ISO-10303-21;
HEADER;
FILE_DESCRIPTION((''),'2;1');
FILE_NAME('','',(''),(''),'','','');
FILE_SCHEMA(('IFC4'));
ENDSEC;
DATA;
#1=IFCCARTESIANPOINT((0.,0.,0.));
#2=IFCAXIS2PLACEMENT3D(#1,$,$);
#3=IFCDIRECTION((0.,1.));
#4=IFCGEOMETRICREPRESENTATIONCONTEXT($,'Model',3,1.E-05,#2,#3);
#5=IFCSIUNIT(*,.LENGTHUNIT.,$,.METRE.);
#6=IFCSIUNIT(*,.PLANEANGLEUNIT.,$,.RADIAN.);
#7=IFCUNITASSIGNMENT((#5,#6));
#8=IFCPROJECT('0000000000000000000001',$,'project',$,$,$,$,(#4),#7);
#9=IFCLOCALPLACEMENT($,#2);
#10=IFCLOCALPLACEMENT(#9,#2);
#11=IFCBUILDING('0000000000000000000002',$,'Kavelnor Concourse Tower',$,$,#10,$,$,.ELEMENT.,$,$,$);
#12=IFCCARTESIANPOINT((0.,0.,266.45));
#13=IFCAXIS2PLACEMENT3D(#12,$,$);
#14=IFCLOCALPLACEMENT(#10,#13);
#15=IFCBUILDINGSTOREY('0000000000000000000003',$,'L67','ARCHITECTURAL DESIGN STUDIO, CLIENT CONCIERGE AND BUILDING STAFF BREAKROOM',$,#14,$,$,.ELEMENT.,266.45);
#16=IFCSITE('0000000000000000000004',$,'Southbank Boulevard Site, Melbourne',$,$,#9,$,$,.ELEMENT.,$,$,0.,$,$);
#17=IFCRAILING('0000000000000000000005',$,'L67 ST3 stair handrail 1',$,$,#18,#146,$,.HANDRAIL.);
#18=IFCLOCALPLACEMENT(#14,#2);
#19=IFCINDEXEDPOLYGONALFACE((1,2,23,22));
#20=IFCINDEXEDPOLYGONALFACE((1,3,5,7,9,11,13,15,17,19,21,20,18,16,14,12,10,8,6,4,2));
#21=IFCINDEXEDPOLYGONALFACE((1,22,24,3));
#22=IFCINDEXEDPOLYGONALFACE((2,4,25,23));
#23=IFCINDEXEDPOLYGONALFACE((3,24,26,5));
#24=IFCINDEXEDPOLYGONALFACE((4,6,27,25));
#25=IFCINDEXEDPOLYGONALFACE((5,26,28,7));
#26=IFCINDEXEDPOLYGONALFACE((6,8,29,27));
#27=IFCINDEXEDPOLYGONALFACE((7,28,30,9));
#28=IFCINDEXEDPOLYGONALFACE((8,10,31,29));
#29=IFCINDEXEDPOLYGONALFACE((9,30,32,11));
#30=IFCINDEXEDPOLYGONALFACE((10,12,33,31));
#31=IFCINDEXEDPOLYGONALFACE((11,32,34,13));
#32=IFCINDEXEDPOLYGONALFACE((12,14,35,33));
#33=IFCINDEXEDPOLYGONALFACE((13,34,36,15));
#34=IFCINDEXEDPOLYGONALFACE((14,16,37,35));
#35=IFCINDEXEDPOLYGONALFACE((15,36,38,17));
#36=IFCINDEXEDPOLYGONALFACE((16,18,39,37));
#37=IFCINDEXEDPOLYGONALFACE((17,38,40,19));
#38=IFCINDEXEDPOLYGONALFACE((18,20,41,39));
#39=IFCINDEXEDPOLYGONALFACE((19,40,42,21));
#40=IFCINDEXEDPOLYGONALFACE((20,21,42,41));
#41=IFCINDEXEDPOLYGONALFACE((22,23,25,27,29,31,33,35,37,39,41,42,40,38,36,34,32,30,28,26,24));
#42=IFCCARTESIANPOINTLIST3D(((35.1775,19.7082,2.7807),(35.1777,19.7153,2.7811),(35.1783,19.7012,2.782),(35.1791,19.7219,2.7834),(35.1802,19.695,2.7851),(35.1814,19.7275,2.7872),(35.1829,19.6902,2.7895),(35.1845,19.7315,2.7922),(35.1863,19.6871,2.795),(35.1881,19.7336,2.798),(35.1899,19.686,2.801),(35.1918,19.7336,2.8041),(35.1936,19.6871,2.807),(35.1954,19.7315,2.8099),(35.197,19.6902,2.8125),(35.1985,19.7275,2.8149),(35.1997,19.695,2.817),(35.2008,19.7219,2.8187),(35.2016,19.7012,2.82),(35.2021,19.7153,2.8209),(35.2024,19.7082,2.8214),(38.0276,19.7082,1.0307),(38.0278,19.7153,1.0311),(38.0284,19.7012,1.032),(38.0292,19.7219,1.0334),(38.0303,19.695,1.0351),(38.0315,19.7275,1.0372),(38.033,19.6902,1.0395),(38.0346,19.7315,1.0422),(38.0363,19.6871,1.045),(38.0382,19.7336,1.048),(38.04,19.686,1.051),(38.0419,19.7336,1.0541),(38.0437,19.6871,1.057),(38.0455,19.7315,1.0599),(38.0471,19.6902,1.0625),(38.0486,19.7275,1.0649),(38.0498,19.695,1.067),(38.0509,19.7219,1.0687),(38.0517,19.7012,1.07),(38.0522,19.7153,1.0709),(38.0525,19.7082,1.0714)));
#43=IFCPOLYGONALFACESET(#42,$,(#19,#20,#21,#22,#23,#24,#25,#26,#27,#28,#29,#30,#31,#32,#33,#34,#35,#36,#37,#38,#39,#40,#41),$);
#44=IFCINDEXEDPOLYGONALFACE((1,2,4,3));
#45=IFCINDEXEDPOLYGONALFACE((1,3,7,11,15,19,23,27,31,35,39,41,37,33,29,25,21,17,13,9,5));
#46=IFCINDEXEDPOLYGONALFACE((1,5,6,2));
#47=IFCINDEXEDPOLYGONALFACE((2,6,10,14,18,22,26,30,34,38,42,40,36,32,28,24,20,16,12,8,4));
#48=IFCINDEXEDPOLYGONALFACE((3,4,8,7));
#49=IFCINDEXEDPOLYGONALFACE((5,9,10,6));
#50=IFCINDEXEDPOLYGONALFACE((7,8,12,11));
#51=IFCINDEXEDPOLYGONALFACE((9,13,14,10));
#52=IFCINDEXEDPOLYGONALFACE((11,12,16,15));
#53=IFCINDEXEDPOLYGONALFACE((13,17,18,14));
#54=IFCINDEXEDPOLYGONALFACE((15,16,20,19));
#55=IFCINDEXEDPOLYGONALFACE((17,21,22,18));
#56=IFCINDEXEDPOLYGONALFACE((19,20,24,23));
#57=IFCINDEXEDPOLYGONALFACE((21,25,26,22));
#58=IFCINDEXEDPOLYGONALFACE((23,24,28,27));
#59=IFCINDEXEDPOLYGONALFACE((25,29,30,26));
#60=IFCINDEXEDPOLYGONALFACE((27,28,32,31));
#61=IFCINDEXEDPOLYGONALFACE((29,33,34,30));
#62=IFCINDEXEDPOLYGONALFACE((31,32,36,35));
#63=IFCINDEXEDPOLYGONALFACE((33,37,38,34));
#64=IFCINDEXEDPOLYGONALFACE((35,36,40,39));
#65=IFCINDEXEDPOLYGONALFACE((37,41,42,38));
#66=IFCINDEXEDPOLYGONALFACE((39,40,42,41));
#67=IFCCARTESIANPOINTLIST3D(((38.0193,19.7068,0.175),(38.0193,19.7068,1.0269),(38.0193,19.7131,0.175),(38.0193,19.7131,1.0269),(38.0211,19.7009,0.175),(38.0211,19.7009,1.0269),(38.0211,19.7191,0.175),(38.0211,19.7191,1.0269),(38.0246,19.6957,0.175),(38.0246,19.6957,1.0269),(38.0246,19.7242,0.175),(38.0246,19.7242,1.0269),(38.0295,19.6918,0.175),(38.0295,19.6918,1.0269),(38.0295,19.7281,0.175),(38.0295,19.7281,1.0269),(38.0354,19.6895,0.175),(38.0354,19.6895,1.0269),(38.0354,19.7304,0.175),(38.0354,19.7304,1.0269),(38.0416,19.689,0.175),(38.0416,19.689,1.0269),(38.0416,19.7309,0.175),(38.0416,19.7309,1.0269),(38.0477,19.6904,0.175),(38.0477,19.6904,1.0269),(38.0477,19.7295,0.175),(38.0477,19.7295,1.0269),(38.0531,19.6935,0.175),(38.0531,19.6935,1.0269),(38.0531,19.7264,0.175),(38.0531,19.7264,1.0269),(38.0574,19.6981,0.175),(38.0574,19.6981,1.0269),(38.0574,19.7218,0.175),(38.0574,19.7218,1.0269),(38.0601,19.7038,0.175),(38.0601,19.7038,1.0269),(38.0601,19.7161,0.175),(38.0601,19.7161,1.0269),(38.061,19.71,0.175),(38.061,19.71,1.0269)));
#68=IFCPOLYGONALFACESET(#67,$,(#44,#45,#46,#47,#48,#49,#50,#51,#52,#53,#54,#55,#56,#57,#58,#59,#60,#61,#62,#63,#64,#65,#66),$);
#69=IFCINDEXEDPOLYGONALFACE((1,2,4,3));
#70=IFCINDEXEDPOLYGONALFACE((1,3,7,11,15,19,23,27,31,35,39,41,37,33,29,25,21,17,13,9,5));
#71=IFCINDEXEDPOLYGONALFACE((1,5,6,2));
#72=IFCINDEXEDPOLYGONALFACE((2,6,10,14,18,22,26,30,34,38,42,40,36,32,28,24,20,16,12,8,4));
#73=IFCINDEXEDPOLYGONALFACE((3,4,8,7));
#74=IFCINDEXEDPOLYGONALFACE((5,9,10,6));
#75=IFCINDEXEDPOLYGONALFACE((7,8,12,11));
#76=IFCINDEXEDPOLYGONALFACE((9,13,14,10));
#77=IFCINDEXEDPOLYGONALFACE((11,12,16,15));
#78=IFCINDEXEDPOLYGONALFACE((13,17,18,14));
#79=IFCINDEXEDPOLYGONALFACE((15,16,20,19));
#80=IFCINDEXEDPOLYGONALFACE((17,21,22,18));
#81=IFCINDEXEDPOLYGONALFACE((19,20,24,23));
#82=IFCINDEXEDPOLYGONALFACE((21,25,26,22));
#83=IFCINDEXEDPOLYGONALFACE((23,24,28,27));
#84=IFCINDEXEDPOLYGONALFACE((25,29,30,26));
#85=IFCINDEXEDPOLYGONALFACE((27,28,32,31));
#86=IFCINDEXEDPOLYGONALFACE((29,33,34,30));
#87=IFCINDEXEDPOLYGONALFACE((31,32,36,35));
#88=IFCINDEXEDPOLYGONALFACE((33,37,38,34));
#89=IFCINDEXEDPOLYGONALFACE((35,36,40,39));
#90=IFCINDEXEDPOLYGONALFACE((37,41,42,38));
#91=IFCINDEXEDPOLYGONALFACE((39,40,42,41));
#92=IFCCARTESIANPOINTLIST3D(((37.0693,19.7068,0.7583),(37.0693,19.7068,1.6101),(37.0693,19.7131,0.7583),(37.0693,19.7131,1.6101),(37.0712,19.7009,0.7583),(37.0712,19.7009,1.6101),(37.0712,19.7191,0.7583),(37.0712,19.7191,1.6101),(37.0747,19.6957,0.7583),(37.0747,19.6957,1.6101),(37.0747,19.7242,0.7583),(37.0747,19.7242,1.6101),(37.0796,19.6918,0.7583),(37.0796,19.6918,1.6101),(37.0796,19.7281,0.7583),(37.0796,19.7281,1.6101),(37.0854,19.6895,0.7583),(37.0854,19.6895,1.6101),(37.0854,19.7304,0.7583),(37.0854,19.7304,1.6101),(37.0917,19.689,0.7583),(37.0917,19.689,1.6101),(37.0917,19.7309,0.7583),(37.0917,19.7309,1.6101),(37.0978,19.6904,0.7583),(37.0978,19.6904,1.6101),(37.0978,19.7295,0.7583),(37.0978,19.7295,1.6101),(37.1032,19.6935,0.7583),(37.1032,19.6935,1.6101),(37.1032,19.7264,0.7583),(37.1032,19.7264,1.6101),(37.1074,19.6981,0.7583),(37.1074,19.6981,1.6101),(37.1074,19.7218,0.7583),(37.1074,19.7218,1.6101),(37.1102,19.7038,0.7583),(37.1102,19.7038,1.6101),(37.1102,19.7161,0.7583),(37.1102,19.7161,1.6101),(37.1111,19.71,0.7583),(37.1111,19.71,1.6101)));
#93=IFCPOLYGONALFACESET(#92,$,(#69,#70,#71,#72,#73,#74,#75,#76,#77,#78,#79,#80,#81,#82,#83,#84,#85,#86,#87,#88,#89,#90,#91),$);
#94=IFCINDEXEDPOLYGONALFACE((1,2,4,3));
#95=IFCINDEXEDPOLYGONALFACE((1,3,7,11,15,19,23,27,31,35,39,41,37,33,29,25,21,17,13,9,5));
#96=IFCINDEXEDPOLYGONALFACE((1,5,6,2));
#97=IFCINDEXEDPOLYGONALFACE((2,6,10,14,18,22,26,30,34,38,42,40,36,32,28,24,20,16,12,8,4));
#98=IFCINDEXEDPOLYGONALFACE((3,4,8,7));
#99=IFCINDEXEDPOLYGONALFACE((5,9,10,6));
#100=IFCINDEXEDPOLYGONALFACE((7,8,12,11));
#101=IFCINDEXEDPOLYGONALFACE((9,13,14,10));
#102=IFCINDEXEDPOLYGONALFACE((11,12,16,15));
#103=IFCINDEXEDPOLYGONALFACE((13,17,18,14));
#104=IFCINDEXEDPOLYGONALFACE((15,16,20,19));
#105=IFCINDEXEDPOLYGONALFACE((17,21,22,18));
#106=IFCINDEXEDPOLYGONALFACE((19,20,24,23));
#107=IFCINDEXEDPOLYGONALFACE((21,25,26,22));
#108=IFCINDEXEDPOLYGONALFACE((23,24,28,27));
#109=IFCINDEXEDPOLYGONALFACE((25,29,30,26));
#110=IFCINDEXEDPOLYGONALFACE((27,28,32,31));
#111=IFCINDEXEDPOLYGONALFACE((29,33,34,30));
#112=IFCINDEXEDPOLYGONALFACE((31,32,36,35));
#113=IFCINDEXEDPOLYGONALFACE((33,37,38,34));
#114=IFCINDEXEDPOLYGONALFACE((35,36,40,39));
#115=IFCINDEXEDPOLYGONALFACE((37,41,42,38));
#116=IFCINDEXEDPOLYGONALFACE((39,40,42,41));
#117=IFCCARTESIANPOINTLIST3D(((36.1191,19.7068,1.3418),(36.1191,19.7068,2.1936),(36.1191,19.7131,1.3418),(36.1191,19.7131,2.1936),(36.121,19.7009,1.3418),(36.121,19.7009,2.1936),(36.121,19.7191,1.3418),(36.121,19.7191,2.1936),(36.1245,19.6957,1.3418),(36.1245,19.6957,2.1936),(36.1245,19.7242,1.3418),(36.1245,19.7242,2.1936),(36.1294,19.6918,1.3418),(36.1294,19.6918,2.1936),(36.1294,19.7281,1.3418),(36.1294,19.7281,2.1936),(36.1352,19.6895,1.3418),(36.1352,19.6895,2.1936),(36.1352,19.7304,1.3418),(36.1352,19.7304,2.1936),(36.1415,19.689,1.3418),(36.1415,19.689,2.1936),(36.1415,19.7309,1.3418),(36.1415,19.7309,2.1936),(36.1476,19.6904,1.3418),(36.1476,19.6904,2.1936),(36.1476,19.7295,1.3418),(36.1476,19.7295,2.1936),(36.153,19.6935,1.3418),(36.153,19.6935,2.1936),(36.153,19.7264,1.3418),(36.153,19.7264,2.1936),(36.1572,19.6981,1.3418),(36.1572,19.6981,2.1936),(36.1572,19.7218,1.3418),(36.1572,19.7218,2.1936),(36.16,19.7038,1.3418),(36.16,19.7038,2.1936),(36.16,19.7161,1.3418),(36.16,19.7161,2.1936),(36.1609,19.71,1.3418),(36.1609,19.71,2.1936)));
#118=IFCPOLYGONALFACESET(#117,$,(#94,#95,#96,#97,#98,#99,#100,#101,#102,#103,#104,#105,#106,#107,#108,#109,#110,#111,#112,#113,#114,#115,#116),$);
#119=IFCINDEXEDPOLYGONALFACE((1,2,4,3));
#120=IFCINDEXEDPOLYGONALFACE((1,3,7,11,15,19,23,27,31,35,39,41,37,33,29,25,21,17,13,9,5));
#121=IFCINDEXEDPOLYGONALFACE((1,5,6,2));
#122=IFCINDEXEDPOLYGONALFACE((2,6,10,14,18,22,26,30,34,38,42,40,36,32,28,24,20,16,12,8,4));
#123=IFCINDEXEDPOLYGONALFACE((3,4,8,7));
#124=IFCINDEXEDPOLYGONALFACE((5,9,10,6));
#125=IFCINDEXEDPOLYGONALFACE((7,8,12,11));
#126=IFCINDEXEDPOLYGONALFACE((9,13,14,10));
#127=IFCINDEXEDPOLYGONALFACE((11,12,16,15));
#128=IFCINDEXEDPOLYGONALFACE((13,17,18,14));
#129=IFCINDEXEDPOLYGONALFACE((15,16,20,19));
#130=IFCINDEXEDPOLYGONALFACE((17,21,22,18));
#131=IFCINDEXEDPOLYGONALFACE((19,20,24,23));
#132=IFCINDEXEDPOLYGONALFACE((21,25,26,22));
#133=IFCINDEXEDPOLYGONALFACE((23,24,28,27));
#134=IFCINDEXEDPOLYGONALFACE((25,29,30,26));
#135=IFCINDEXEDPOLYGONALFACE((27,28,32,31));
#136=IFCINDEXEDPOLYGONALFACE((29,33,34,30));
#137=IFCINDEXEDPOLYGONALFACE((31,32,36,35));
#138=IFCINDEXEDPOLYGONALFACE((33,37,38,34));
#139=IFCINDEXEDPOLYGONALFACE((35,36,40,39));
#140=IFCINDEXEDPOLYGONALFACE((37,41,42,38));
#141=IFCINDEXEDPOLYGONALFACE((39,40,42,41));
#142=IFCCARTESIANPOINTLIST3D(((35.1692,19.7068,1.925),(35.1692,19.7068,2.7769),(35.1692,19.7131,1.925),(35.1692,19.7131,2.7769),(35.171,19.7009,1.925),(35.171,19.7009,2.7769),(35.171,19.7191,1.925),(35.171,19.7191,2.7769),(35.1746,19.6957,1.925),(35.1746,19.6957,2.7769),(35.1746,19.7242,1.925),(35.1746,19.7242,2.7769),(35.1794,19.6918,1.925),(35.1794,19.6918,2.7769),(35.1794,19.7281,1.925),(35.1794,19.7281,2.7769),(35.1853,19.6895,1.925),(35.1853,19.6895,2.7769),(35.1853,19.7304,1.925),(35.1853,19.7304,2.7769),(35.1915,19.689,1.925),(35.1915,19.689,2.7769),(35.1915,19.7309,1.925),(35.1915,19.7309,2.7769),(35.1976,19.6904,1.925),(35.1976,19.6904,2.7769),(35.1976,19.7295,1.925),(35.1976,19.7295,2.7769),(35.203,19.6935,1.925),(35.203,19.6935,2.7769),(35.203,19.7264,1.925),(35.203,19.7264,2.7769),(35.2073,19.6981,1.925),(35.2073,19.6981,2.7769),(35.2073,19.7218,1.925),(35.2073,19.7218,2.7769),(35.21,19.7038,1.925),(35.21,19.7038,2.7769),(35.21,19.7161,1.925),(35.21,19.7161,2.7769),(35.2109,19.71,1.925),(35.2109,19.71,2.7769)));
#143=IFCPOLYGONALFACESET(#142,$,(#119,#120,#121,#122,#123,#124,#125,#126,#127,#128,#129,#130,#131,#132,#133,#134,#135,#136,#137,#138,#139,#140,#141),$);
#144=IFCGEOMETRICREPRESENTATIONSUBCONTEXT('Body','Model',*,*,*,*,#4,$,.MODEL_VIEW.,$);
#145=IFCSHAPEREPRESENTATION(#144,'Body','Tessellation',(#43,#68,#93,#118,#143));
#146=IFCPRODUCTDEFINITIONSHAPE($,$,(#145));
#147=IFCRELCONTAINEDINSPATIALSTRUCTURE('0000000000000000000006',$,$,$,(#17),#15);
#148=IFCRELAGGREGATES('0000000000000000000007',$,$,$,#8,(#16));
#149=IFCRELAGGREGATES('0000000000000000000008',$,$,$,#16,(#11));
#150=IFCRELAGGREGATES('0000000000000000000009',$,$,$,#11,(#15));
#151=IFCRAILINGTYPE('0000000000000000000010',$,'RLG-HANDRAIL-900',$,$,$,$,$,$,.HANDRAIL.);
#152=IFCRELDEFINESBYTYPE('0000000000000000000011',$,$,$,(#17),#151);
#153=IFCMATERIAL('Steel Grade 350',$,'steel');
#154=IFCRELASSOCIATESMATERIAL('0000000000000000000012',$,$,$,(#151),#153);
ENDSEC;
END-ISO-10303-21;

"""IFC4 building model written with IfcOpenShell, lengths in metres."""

from ifc_helpers import new_model, si_unit, direction, frame, origin, origin_2d, place, context, subcontext, project, spatial, circle, extrude, material, type_object, element, save


model = new_model("IFC4")

# Units and contexts
model_context = context("Model", 3, precision=1e-05, world=origin(), true_north=direction((0.0, 1.0)))
body_context = subcontext(model_context, "Body", "Model", "MODEL_VIEW")
ifc_project = project(units=[si_unit("LENGTHUNIT", "METRE"), si_unit("PLANEANGLEUNIT", "RADIAN")], contexts=[model_context])

# Site, building, storey
site_placement = place(None, origin())
site = spatial("IfcSite", under=ifc_project, at=site_placement, Name="Southbank Boulevard Site, Melbourne", CompositionType="ELEMENT", RefElevation=0.0)
building_placement = place(site_placement, origin())
building = spatial("IfcBuilding", under=site, at=building_placement, Name="Kavelnor Concourse Tower", CompositionType="ELEMENT")
storey_placement = place(building_placement, frame((0.0, 0.0, 266.45)))
storey = spatial("IfcBuildingStorey", under=building, at=storey_placement, Name="L67", Description="ARCHITECTURAL DESIGN STUDIO, CLIENT CONCIERGE AND BUILDING STAFF BREAKROOM", CompositionType="ELEMENT", Elevation=266.45)

# Shared definitions
ifc_material_1 = material(Name="Steel Grade 350", Category="steel")

# Railing
railing_type_1 = type_object("IfcRailingType", Name="RLG-HANDRAIL-900", PredefinedType="HANDRAIL", material=ifc_material_1)
railing_1_placement = place(storey_placement, frame((38.04, 19.71, 0.175)))
element("IfcRailing", 1, at=railing_1_placement, inside=storey, type_object=railing_type_1, Name="L67 ST3 stair handrail 1", PredefinedType="HANDRAIL", context=body_context, shape_type="SweptSolid", body=[
    extrude(circle(Radius=0.0239, at=origin_2d()), frame((0.0, 0.0, 0.876), z_axis=(-0.852179, 0.0, 0.52325), x_axis=(0.0, -1.0, 0.0)), (0.0, 0.0, 1.0), 3.3445),
    extrude(circle(Radius=0.021, at=origin_2d()), origin(), (0.0, 0.0, 1.0), 0.8518),
    extrude(circle(Radius=0.021, at=origin_2d()), frame((-0.95, 0.0, 0.5833)), (0.0, 0.0, 1.0), 0.8518),
    extrude(circle(Radius=0.021, at=origin_2d()), frame((-1.9001, 0.0, 1.1667)), (0.0, 0.0, 1.0), 0.8518),
    extrude(circle(Radius=0.021, at=origin_2d()), frame((-2.8501, 0.0, 1.75)), (0.0, 0.0, 1.0), 0.8518),
])

save(model, "model.ifc")
